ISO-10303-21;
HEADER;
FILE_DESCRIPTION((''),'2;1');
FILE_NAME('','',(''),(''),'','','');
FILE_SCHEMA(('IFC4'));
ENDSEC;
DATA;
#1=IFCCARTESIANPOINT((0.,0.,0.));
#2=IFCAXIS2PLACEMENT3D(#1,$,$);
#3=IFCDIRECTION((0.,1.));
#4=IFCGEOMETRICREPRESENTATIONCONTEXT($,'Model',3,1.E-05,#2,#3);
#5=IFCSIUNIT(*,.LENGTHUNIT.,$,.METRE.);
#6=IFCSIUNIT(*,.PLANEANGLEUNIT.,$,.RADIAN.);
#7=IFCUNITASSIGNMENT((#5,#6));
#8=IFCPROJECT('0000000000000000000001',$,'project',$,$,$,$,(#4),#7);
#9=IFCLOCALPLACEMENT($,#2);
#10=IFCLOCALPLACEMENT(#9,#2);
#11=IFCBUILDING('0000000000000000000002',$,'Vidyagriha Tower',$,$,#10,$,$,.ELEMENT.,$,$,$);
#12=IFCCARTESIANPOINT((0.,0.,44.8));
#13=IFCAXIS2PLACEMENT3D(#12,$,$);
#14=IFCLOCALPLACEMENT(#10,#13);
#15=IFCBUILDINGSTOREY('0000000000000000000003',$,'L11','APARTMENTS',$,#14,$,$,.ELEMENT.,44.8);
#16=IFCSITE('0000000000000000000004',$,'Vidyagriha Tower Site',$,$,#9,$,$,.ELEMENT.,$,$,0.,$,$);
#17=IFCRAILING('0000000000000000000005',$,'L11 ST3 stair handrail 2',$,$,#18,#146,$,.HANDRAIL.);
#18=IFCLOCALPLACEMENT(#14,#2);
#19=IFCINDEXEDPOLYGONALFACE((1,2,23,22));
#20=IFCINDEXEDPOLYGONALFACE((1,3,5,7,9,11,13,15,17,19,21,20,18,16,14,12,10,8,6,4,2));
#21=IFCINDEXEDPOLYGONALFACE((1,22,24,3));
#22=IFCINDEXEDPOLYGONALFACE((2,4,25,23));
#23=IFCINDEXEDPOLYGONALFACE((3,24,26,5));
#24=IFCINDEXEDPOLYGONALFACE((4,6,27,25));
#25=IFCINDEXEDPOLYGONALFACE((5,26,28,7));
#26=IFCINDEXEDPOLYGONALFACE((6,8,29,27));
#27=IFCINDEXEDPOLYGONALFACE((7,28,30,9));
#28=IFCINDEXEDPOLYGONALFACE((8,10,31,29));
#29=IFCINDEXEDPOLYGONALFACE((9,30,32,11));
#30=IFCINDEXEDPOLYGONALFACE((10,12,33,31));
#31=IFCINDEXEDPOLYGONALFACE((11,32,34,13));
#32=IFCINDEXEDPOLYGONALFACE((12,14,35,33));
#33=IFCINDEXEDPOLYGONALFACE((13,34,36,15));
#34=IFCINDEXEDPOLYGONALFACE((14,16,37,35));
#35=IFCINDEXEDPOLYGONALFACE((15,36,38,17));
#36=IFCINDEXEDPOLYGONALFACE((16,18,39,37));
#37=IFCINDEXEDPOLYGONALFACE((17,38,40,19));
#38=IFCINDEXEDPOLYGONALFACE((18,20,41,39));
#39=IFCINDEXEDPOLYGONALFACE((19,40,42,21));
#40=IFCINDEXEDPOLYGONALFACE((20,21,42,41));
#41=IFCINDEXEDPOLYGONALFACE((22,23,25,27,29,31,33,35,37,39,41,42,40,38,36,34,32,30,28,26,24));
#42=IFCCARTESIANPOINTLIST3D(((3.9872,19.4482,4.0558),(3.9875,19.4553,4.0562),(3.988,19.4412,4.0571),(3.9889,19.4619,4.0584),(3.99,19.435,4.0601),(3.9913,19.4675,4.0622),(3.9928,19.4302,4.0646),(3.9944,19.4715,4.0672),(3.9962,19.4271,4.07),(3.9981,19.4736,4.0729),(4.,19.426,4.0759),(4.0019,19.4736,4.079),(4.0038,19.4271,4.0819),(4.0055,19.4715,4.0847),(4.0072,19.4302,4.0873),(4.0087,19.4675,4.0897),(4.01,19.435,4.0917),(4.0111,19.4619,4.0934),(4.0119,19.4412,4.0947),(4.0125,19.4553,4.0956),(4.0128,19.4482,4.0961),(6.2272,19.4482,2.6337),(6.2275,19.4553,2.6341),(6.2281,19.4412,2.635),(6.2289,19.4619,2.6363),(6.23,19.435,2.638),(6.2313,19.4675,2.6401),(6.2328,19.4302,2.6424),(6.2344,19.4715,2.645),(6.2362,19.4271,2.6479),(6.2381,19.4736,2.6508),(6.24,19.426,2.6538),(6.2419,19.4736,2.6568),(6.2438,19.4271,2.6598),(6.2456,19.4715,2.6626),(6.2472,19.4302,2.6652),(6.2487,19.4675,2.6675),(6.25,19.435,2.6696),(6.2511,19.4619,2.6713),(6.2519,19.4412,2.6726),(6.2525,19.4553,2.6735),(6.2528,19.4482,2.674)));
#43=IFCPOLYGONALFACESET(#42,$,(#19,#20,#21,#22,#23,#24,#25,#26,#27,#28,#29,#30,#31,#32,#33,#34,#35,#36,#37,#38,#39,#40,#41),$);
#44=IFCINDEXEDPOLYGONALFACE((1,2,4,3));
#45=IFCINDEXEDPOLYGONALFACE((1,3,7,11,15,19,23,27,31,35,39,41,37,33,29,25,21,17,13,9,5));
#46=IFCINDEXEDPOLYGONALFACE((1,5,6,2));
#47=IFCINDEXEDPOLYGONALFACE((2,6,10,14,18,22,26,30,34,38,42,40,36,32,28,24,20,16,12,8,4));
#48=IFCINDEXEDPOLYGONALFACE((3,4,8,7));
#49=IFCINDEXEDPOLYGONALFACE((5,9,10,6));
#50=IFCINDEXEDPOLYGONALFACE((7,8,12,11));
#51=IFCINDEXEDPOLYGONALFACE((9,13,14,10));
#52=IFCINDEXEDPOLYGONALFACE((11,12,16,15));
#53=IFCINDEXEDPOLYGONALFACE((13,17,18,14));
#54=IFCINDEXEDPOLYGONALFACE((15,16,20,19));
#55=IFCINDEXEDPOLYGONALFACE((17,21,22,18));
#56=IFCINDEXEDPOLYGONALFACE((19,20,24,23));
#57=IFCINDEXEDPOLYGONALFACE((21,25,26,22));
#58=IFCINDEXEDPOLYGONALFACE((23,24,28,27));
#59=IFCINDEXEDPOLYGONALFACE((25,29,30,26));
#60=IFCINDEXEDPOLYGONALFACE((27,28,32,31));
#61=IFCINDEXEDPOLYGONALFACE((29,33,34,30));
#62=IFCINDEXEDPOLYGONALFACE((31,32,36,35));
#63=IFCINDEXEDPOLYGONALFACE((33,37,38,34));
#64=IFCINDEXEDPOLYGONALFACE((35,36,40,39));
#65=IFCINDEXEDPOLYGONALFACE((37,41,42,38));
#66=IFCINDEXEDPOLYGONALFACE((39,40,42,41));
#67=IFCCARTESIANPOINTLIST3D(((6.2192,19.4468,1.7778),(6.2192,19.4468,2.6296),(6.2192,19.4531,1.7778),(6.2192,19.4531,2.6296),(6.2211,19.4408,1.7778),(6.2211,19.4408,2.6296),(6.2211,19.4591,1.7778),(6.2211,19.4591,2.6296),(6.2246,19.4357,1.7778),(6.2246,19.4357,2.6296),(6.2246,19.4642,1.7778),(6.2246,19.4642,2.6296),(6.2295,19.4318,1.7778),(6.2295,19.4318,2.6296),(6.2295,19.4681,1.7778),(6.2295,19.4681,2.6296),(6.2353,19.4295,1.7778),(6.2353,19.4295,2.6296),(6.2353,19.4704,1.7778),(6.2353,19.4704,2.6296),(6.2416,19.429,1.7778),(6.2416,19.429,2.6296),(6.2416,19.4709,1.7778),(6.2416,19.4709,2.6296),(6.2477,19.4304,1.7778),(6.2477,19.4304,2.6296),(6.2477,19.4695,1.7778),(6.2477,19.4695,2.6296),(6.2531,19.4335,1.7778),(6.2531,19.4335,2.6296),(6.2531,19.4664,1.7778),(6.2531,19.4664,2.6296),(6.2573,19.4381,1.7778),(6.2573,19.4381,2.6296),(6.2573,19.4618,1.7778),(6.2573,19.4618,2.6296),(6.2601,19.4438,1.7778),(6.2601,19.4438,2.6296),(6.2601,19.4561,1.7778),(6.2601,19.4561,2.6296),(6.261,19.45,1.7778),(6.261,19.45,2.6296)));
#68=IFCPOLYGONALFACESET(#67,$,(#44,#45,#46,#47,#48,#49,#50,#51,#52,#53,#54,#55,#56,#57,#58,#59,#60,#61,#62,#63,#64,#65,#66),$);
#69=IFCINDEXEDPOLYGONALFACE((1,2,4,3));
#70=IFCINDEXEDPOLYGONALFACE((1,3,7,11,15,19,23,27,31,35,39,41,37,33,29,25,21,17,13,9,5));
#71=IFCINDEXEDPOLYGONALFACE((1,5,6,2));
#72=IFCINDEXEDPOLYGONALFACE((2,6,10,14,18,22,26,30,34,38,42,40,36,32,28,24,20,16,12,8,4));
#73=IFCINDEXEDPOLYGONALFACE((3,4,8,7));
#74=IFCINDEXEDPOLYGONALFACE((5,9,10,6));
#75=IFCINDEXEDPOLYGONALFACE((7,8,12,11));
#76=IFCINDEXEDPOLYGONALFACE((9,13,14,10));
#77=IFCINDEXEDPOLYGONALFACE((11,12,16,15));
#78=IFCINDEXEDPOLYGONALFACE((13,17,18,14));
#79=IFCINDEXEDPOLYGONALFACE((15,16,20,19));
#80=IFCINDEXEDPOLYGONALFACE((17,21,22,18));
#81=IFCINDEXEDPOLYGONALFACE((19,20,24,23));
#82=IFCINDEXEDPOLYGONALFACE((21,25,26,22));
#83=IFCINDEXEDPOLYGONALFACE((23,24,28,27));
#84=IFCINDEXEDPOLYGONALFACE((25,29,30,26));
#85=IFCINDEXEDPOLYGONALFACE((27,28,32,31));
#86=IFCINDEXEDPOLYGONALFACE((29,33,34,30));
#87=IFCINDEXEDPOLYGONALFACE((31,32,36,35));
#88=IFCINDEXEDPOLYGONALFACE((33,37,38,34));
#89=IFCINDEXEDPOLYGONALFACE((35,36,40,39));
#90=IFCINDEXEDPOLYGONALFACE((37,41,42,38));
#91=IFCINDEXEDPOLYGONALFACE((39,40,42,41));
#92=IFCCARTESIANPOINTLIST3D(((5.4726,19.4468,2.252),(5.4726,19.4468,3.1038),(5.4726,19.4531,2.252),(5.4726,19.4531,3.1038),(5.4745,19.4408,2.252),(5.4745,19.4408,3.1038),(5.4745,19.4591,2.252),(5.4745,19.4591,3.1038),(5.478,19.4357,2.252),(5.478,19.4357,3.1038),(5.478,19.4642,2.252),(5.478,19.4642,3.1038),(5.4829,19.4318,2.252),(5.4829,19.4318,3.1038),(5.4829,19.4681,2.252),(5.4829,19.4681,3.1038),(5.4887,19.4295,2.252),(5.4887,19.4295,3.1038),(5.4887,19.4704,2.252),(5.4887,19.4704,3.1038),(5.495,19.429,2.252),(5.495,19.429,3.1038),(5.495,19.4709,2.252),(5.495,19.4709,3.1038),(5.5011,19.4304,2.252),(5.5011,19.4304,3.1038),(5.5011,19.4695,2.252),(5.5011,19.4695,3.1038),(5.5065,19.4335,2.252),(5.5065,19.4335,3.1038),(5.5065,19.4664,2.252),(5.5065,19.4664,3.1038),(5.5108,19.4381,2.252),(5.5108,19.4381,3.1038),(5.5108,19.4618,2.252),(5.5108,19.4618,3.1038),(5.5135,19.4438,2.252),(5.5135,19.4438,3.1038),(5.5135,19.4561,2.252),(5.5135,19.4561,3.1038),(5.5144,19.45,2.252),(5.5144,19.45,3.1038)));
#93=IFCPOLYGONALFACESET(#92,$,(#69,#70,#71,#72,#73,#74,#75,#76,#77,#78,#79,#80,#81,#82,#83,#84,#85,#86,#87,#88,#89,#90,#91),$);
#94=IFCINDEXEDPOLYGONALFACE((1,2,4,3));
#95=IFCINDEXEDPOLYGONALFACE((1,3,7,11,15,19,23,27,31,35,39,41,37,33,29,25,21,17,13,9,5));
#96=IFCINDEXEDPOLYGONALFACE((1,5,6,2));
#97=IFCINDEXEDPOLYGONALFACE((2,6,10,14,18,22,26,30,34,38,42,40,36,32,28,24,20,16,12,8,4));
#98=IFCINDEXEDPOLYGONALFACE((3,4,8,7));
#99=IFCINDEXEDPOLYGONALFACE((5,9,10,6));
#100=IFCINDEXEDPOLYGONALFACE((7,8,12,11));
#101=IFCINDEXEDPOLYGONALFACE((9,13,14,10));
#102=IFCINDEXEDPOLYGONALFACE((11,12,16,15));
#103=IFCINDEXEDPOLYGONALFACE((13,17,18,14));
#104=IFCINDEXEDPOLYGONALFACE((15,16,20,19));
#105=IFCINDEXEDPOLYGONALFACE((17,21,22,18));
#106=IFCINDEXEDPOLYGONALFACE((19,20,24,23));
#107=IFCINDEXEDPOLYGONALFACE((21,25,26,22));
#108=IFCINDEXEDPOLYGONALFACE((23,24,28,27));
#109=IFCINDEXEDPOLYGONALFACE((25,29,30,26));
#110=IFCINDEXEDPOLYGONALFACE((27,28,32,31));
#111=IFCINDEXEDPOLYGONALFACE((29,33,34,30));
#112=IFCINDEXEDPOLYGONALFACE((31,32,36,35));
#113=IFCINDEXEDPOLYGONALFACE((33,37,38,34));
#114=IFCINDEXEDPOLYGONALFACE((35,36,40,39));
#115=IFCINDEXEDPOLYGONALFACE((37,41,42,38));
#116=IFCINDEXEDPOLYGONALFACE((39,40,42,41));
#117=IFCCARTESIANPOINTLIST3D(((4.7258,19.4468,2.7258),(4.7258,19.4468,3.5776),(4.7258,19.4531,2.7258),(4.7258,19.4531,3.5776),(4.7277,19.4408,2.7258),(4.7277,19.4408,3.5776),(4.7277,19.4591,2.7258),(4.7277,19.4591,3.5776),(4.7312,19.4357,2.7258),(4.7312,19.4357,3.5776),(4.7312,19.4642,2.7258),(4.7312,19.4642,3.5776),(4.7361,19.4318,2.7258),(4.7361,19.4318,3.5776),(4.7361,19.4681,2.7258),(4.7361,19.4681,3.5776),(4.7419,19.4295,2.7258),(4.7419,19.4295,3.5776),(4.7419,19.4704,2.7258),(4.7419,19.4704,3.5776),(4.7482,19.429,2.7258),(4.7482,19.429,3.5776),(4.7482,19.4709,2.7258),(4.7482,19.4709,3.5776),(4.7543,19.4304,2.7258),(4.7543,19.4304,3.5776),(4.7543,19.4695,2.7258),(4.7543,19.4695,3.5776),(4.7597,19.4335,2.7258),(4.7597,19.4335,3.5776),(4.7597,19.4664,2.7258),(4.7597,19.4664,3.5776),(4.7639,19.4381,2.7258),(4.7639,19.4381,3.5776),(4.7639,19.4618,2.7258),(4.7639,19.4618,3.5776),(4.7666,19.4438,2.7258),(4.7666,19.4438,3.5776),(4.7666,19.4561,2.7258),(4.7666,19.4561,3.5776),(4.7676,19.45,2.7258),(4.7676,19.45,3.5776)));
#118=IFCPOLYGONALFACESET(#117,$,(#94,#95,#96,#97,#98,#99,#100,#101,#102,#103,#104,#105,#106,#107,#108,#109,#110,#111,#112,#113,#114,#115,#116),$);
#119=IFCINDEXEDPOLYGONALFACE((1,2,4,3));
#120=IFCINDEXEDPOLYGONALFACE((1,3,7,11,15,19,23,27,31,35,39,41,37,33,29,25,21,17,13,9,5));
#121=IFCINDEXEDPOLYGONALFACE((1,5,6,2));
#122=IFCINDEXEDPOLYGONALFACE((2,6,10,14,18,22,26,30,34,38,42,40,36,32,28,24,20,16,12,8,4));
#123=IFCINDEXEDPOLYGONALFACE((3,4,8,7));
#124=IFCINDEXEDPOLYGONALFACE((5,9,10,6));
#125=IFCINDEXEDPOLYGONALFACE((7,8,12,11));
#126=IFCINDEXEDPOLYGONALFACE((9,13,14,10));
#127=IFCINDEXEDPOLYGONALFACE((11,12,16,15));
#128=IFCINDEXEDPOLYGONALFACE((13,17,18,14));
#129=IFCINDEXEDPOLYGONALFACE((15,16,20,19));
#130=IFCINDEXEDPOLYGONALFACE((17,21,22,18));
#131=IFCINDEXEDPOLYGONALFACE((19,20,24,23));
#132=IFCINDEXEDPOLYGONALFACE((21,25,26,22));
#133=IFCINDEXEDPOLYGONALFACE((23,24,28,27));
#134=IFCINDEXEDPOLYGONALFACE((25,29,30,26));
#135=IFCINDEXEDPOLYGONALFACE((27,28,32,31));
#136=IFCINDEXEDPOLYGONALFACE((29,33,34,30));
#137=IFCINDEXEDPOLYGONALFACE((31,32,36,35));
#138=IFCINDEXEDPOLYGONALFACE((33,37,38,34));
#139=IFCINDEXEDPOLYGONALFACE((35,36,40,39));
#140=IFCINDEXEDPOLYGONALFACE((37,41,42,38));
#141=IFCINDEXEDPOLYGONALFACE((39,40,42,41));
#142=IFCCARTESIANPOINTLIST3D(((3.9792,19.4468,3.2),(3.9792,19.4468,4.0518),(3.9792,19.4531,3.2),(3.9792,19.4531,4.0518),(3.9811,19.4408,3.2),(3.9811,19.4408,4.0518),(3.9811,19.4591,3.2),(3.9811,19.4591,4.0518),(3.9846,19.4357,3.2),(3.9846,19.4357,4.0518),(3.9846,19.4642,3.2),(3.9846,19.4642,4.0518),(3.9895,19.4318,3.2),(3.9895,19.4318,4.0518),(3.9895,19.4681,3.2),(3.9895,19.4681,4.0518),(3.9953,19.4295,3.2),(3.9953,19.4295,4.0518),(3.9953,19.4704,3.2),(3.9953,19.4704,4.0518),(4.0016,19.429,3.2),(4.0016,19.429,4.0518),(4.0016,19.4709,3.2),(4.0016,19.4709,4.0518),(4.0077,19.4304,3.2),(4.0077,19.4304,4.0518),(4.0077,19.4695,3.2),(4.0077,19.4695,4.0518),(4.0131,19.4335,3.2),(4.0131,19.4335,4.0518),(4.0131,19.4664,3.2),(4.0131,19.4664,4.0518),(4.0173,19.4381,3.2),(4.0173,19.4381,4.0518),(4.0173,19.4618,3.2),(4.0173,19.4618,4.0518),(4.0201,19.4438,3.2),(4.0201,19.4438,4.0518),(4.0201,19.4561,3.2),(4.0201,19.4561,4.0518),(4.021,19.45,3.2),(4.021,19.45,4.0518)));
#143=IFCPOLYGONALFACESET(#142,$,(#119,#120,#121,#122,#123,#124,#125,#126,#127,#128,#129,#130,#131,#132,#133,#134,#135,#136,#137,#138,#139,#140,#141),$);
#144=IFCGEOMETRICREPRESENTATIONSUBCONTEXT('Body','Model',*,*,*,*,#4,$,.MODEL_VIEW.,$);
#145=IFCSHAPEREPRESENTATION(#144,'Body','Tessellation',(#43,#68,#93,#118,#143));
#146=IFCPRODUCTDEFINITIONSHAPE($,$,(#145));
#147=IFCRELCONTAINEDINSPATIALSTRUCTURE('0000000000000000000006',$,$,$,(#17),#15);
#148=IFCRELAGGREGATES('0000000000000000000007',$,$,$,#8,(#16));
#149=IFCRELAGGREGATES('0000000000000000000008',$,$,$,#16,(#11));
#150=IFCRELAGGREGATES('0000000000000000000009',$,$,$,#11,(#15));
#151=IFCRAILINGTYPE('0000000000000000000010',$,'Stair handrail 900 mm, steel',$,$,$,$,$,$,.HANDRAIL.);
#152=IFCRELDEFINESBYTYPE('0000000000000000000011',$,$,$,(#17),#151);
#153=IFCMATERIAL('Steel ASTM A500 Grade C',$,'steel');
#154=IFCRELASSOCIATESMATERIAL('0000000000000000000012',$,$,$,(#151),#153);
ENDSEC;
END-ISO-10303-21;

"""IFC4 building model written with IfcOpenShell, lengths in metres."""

from ifc_helpers import new_model, si_unit, direction, frame, origin, origin_2d, place, context, subcontext, project, spatial, circle, extrude, material, type_object, element, save


model = new_model("IFC4")

# Units and contexts
model_context = context("Model", 3, precision=1e-05, world=origin(), true_north=direction((0.0, 1.0)))
body_context = subcontext(model_context, "Body", "Model", "MODEL_VIEW")
ifc_project = project(units=[si_unit("LENGTHUNIT", "METRE"), si_unit("PLANEANGLEUNIT", "RADIAN")], contexts=[model_context])

# Site, building, storey
site_placement = place(None, origin())
site = spatial("IfcSite", under=ifc_project, at=site_placement, Name="Vidyagriha Tower Site", CompositionType="ELEMENT", RefElevation=0.0)
building_placement = place(site_placement, origin())
building = spatial("IfcBuilding", under=site, at=building_placement, Name="Vidyagriha Tower", CompositionType="ELEMENT")
storey_placement = place(building_placement, frame((0.0, 0.0, 44.8)))
storey = spatial("IfcBuildingStorey", under=building, at=storey_placement, Name="L11", Description="APARTMENTS", CompositionType="ELEMENT", Elevation=44.8)

# Railing
ifc_material_1 = material(Name="Steel ASTM A500 Grade C", Category="steel")
railing_type_1 = type_object("IfcRailingType", Name="Stair handrail 900 mm, steel", PredefinedType="HANDRAIL", material=ifc_material_1)
railing_1_placement = place(storey_placement, frame((6.24, 19.45, 1.7778)))
element("IfcRailing", 1, at=railing_1_placement, inside=storey, type_object=railing_type_1, Name="L11 ST3 stair handrail 2", PredefinedType="HANDRAIL", context=body_context, shape_type="SweptSolid", body=[
    extrude(circle(Radius=0.0239, at=origin_2d()), frame((0.0, 0.0, 0.876), z_axis=(-0.844229, 0.0, 0.535982), x_axis=(0.0, -1.0, 0.0)), (0.0, 0.0, 1.0), 2.6533),
    extrude(circle(Radius=0.021, at=origin_2d()), origin(), (0.0, 0.0, 1.0), 0.8518),
    extrude(circle(Radius=0.021, at=origin_2d()), frame((-0.7466, 0.0, 0.4741)), (0.0, 0.0, 1.0), 0.8518),
    extrude(circle(Radius=0.021, at=origin_2d()), frame((-1.4934, 0.0, 0.948)), (0.0, 0.0, 1.0), 0.8518),
    extrude(circle(Radius=0.021, at=origin_2d()), frame((-2.24, 0.0, 1.4221)), (0.0, 0.0, 1.0), 0.8518),
])

save(model, "model.ifc")
